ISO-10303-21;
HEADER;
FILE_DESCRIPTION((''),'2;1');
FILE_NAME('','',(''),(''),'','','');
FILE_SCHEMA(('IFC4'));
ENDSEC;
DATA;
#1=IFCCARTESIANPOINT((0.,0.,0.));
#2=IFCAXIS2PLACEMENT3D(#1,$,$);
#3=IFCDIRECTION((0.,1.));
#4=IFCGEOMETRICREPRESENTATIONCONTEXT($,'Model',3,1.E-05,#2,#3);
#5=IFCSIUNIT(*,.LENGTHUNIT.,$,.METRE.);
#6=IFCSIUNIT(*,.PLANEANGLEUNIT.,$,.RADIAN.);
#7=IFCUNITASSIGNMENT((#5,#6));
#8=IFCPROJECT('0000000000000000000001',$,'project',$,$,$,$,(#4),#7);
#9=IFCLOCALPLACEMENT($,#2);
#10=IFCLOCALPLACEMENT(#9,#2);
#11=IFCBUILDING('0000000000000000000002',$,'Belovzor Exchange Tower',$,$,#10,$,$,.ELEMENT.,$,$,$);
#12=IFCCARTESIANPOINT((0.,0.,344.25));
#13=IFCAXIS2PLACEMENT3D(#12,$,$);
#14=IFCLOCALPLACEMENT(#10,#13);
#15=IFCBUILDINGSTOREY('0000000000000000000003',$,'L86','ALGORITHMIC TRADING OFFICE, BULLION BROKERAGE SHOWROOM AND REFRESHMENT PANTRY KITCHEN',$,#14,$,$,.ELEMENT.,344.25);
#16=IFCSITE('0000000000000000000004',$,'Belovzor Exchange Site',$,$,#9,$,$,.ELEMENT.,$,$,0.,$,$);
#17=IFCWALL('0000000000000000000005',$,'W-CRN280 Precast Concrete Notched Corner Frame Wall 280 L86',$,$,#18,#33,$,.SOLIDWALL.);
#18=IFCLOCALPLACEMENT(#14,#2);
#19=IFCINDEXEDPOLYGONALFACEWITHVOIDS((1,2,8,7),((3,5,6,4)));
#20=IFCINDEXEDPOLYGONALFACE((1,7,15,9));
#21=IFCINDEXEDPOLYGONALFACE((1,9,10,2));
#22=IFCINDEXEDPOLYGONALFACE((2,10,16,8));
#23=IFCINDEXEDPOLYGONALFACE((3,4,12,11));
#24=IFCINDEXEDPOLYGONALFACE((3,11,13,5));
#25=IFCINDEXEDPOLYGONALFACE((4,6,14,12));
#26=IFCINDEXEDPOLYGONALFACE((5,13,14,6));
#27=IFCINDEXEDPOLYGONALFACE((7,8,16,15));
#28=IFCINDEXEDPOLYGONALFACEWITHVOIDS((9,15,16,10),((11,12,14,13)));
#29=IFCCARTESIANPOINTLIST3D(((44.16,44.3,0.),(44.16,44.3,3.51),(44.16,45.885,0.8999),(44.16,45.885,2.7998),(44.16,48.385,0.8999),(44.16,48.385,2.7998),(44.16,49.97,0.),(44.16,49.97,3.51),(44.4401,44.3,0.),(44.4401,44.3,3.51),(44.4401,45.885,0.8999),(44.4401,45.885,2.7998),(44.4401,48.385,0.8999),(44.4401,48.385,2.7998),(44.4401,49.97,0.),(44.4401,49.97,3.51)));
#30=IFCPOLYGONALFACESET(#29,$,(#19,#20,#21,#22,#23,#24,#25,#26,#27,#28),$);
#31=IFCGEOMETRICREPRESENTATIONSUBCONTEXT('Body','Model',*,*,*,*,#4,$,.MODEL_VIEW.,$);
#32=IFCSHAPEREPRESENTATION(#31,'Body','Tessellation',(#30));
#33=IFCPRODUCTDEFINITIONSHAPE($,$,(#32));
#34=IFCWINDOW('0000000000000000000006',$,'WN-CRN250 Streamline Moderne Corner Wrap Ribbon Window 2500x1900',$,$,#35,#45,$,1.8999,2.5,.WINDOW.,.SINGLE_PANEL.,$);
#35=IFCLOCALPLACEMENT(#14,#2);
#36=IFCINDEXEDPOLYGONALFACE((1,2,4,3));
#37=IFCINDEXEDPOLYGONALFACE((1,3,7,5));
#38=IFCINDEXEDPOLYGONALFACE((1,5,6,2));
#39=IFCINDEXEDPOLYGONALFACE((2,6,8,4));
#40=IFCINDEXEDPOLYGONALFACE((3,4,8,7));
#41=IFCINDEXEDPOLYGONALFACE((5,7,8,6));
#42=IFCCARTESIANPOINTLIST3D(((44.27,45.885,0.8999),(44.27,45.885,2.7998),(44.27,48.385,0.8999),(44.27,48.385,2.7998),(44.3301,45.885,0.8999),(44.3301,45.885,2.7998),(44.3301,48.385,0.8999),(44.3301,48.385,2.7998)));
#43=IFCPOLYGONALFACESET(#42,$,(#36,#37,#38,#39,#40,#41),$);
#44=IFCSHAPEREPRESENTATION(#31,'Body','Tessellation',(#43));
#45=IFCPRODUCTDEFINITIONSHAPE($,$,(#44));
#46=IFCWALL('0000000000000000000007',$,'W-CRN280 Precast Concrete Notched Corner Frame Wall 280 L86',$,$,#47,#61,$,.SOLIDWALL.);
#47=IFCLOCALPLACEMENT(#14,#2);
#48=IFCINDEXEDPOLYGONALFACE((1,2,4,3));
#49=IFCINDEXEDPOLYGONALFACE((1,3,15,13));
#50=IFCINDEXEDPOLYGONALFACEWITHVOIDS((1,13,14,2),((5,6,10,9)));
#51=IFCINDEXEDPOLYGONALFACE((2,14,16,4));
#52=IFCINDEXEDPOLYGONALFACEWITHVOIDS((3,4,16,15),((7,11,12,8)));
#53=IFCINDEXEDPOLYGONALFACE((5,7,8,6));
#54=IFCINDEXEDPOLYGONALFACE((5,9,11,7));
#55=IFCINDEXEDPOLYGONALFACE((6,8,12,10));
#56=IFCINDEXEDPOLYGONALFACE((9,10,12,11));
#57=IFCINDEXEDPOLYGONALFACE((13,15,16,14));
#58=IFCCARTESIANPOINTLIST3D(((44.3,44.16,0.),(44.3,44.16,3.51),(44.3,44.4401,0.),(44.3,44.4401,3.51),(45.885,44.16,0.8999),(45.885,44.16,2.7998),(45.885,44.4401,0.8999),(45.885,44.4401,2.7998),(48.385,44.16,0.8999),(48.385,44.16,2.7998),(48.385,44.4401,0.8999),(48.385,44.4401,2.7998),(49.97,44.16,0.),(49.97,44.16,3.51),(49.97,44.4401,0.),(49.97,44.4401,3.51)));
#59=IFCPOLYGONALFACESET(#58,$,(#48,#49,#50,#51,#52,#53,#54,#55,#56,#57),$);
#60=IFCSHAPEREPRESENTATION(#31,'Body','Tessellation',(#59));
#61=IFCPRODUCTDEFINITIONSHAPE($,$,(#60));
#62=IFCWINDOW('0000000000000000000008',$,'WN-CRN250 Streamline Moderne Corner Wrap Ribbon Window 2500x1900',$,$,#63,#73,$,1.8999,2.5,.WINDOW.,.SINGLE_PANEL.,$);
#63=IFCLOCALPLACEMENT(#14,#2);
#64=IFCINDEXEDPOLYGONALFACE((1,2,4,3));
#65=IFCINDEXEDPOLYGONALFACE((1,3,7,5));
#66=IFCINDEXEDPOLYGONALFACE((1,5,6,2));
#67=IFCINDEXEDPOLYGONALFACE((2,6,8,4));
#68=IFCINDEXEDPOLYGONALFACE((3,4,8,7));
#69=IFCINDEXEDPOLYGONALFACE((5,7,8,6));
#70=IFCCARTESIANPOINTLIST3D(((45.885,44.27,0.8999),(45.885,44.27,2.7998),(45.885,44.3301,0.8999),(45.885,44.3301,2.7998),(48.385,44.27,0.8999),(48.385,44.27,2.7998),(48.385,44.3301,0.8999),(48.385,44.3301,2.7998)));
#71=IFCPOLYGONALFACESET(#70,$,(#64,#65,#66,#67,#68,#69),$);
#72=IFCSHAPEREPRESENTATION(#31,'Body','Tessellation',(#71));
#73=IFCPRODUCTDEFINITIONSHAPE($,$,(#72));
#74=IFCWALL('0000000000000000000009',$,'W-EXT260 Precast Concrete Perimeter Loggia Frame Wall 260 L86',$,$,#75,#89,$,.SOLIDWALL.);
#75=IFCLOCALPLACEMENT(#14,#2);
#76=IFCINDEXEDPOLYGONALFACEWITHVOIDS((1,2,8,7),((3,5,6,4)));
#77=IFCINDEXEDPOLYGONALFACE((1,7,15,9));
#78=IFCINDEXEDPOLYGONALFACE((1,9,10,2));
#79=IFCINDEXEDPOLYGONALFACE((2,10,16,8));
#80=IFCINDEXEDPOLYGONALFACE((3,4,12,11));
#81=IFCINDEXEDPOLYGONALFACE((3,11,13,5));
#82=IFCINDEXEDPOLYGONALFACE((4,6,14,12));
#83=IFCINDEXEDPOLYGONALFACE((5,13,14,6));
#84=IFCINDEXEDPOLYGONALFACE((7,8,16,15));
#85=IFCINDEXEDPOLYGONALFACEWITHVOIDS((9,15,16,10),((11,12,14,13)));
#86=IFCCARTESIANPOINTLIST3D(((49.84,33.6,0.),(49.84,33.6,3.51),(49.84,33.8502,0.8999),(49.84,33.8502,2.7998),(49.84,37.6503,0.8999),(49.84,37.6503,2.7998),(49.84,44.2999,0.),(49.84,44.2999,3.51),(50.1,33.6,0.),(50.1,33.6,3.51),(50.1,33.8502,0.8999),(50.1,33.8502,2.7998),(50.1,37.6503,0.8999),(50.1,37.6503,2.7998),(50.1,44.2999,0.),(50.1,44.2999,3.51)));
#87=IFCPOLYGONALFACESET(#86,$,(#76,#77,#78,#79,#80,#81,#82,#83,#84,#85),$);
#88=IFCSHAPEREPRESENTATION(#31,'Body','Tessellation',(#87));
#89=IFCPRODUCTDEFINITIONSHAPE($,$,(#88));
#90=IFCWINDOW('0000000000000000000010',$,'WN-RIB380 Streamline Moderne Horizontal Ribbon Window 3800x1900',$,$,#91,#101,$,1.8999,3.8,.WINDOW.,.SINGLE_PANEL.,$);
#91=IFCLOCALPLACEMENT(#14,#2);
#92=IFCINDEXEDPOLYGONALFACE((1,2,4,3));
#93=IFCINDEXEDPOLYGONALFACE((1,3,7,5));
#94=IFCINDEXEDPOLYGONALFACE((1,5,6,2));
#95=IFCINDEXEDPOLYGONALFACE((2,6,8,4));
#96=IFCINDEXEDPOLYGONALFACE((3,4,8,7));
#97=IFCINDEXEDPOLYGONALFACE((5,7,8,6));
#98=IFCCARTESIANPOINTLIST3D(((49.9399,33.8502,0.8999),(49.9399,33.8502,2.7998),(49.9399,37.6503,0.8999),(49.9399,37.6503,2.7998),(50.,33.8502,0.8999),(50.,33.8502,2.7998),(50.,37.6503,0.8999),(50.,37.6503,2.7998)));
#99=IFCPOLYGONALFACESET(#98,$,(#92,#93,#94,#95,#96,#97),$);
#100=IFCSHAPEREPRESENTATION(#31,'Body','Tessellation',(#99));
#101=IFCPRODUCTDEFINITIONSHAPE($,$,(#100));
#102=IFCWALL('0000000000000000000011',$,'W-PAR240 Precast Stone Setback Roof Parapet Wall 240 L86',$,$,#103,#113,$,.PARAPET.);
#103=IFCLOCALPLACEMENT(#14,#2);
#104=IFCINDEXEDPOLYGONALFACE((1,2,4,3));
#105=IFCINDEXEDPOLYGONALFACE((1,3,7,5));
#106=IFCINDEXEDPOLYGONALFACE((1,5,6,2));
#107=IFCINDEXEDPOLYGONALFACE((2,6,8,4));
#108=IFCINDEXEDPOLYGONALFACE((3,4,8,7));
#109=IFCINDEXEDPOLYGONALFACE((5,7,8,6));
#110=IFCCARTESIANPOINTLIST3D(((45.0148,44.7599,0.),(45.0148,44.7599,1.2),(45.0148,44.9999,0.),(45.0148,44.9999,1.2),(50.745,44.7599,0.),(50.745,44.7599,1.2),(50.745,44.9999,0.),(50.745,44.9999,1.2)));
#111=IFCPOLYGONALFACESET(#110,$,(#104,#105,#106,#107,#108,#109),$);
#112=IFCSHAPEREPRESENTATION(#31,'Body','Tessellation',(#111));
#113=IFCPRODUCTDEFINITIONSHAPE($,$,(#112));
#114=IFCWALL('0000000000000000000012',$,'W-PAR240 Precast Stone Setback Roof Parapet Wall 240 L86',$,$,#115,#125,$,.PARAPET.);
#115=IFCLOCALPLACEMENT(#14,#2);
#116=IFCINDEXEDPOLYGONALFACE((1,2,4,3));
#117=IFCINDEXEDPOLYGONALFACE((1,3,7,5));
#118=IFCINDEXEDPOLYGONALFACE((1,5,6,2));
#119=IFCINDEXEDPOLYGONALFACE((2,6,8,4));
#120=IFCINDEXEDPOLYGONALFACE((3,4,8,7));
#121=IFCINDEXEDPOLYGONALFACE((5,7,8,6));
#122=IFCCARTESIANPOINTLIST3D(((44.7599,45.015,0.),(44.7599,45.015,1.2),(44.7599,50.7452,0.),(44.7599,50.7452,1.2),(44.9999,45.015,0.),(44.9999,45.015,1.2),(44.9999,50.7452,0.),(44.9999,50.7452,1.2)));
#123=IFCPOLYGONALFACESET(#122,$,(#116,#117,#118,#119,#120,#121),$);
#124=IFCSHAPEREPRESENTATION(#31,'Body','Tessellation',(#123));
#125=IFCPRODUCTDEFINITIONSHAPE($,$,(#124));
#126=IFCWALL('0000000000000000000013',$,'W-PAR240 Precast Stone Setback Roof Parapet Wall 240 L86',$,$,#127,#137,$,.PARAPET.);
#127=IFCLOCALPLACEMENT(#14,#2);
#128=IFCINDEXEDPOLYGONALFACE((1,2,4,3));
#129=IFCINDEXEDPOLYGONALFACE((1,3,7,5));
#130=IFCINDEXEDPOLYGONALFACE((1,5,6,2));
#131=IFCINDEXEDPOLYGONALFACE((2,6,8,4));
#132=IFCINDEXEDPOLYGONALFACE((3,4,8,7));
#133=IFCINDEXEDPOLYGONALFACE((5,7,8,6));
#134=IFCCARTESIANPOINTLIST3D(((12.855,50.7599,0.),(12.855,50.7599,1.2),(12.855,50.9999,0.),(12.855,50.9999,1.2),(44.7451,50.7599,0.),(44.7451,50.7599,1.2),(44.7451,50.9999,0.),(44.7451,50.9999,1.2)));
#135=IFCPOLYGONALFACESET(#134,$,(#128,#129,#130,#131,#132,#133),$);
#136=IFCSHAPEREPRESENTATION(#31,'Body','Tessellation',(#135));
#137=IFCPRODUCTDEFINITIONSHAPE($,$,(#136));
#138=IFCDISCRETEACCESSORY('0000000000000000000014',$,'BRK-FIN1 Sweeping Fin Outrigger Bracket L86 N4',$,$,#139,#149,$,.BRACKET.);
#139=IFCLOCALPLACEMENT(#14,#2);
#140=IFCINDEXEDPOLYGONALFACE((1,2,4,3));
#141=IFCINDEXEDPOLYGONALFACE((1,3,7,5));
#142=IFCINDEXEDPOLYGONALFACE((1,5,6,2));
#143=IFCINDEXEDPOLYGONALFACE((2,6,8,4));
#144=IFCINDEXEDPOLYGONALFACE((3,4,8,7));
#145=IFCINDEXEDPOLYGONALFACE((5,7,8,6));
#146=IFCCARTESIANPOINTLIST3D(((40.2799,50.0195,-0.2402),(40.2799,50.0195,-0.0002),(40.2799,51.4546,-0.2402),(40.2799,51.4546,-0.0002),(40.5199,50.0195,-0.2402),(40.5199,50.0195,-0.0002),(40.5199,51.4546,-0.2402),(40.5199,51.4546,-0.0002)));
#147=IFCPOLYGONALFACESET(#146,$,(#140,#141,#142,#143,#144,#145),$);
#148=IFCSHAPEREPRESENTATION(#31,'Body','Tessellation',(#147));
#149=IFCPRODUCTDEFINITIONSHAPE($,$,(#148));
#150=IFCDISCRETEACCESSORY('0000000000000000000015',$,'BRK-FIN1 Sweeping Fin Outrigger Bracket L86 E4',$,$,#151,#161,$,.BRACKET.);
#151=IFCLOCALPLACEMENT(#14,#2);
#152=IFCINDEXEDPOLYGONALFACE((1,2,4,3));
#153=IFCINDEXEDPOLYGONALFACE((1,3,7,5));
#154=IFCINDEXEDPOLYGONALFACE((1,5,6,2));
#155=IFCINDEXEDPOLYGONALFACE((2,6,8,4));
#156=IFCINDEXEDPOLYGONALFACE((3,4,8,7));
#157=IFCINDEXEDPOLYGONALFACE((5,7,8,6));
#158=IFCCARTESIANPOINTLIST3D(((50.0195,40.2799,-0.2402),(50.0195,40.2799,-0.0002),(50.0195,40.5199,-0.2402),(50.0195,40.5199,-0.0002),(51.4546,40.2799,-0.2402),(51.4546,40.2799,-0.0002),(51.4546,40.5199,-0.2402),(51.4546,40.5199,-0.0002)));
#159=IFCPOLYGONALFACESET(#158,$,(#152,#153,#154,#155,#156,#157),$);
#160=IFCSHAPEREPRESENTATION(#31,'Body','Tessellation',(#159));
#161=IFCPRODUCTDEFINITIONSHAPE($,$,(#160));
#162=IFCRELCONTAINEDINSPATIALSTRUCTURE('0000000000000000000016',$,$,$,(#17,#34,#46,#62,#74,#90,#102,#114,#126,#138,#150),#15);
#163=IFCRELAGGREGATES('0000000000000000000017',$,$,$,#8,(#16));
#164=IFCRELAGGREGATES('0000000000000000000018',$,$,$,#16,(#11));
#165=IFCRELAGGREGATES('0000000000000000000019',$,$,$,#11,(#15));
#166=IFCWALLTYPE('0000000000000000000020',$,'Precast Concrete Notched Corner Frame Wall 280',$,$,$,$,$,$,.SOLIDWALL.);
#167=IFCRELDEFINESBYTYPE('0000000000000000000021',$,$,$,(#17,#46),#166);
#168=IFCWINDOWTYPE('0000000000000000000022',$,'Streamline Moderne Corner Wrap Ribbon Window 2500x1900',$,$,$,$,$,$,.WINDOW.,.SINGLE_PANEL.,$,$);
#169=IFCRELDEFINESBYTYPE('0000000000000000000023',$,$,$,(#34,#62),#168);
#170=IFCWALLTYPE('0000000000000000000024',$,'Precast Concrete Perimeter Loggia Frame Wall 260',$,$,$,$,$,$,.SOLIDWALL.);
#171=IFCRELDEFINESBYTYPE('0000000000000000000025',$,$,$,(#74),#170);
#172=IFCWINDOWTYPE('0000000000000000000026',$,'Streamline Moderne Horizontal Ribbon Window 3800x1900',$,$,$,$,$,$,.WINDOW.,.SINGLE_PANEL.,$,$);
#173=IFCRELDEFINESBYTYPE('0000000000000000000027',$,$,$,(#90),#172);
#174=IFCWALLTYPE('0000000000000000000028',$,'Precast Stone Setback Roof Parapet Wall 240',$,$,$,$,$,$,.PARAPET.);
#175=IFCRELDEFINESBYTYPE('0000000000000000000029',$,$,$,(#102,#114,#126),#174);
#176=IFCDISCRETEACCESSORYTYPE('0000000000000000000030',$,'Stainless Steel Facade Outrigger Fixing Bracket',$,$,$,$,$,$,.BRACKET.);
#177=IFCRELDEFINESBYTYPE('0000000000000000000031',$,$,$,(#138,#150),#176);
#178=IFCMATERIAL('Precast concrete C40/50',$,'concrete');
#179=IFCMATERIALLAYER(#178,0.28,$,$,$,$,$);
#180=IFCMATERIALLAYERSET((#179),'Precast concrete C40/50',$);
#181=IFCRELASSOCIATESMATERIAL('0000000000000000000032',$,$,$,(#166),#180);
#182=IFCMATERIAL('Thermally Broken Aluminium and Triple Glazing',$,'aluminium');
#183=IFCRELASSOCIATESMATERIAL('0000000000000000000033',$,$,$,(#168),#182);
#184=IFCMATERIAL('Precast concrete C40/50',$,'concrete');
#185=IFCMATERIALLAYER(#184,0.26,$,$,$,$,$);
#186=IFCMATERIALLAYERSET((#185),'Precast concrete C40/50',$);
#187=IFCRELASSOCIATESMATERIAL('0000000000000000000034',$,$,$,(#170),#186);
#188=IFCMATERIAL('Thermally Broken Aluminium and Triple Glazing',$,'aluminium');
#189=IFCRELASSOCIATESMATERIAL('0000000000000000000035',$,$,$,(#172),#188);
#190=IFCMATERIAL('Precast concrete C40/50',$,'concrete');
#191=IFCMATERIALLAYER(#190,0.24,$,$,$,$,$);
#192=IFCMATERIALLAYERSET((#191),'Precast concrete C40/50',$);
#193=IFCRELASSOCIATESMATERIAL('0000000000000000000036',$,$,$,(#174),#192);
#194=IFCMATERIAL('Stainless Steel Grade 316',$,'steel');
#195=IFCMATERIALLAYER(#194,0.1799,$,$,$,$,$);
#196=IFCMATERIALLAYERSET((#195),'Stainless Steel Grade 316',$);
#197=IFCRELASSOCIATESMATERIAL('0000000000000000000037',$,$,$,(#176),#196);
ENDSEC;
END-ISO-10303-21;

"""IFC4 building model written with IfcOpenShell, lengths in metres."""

from ifc_helpers import new_model, si_unit, direction, frame, frame_2d, origin, origin_2d, place, context, subcontext, project, spatial, rectangle, extrude, material, layer, layer_set, type_object, element, fill, save


model = new_model("IFC4")

# Units and contexts
model_context = context("Model", 3, precision=1e-05, world=origin(), true_north=direction((0.0, 1.0)))
body_context = subcontext(model_context, "Body", "Model", "MODEL_VIEW")
ifc_project = project(units=[si_unit("LENGTHUNIT", "METRE"), si_unit("PLANEANGLEUNIT", "RADIAN")], contexts=[model_context])

# Site, building, storey
site_placement = place(None, origin())
site = spatial("IfcSite", under=ifc_project, at=site_placement, Name="Belovzor Exchange Site", CompositionType="ELEMENT", RefElevation=0.0)
building_placement = place(site_placement, origin())
building = spatial("IfcBuilding", under=site, at=building_placement, Name="Belovzor Exchange Tower", CompositionType="ELEMENT")
storey_placement = place(building_placement, frame((0.0, 0.0, 344.25)))
storey = spatial("IfcBuildingStorey", under=building, at=storey_placement, Name="L86", Description="ALGORITHMIC TRADING OFFICE, BULLION BROKERAGE SHOWROOM AND REFRESHMENT PANTRY KITCHEN", CompositionType="ELEMENT", Elevation=344.25)

# Walls, openings, windows
ifc_material_1 = material(Name="Precast concrete C40/50", Category="concrete")
ifc_layer_1 = layer(ifc_material_1, 0.28)
ifc_layer_set_1 = layer_set([ifc_layer_1], Name="Precast concrete C40/50")
wall_type_1 = type_object("IfcWallType", Name="Precast Concrete Notched Corner Frame Wall 280", PredefinedType="SOLIDWALL", material=ifc_layer_set_1)
wall_1_placement = place(storey_placement, frame((44.3, 49.97, 0.0), z_axis=(0.0, 0.0, 1.0), x_axis=(0.0, -1.0, 0.0)))
wall_1 = element("IfcWall", 1, at=wall_1_placement, inside=storey, type_object=wall_type_1, Name="W-CRN280 Precast Concrete Notched Corner Frame Wall 280 L86", PredefinedType="SOLIDWALL", context=body_context, shape_type="SweptSolid", body=[
    extrude(rectangle(XDim=5.6699, YDim=0.28, at=frame_2d((2.835, 0.0))), origin(), (0.0, 0.0, 1.0), 3.51),
])
opening_1_placement = place(wall_1_placement, frame((1.585, 0.0, 0.8999)))
opening_1 = element("IfcOpeningElement", 2, at=opening_1_placement, cuts=wall_1, PredefinedType="OPENING", context=body_context, shape_type="SweptSolid", body=[
    extrude(rectangle(XDim=2.5, YDim=1.8999, at=frame_2d((1.25, 0.95))), frame((0.0, 0.1499, 0.0), z_axis=(0.0, -1.0, 0.0), x_axis=(1.0, 0.0, 0.0)), (0.0, 0.0, 1.0), 0.3),
])
ifc_material_2 = material(Name="Thermally Broken Aluminium and Triple Glazing", Category="aluminium")
window_type_1 = type_object("IfcWindowType", Name="Streamline Moderne Corner Wrap Ribbon Window 2500x1900", PartitioningType="SINGLE_PANEL", PredefinedType="WINDOW", material=ifc_material_2)
window_1_placement = place(opening_1_placement, origin())
window_1 = element("IfcWindow", 3, at=window_1_placement, inside=storey, type_object=window_type_1, Name="WN-CRN250 Streamline Moderne Corner Wrap Ribbon Window 2500x1900", OverallHeight=1.8999, OverallWidth=2.5, PartitioningType="SINGLE_PANEL", PredefinedType="WINDOW", context=body_context, shape_type="SweptSolid", body=[
    extrude(rectangle(XDim=2.5, YDim=1.8999, at=frame_2d((1.25, 0.95))), frame((0.0, 0.03, 0.0), z_axis=(0.0, -1.0, 0.0), x_axis=(1.0, 0.0, 0.0)), (0.0, 0.0, 1.0), 0.0601),
])
fill(opening_1, window_1)
wall_2_placement = place(storey_placement, frame((44.3, 44.3, 0.0), z_axis=(0.0, 0.0, 1.0), x_axis=(1.0, 0.0, 0.0)))
wall_2 = element("IfcWall", 4, at=wall_2_placement, inside=storey, type_object=wall_type_1, Name="W-CRN280 Precast Concrete Notched Corner Frame Wall 280 L86", PredefinedType="SOLIDWALL", context=body_context, shape_type="SweptSolid", body=[
    extrude(rectangle(XDim=5.6699, YDim=0.28, at=frame_2d((2.835, 0.0))), origin(), (0.0, 0.0, 1.0), 3.51),
])
opening_2_placement = place(wall_2_placement, frame((1.585, 0.0, 0.8999)))
opening_2 = element("IfcOpeningElement", 5, at=opening_2_placement, cuts=wall_2, PredefinedType="OPENING", context=body_context, shape_type="SweptSolid", body=[
    extrude(rectangle(XDim=2.5, YDim=1.8999, at=frame_2d((1.25, 0.95))), frame((0.0, 0.1499, 0.0), z_axis=(0.0, -1.0, 0.0), x_axis=(1.0, 0.0, 0.0)), (0.0, 0.0, 1.0), 0.3),
])
window_2_placement = place(opening_2_placement, origin())
window_2 = element("IfcWindow", 6, at=window_2_placement, inside=storey, type_object=window_type_1, Name="WN-CRN250 Streamline Moderne Corner Wrap Ribbon Window 2500x1900", OverallHeight=1.8999, OverallWidth=2.5, PartitioningType="SINGLE_PANEL", PredefinedType="WINDOW", context=body_context, shape_type="SweptSolid", body=[
    extrude(rectangle(XDim=2.5, YDim=1.8999, at=frame_2d((1.25, 0.95))), frame((0.0, 0.03, 0.0), z_axis=(0.0, -1.0, 0.0), x_axis=(1.0, 0.0, 0.0)), (0.0, 0.0, 1.0), 0.0601),
])
fill(opening_2, window_2)
ifc_material_3 = material(Name="Precast concrete C40/50", Category="concrete")
ifc_layer_2 = layer(ifc_material_3, 0.26)
ifc_layer_set_2 = layer_set([ifc_layer_2], Name="Precast concrete C40/50")
wall_type_2 = type_object("IfcWallType", Name="Precast Concrete Perimeter Loggia Frame Wall 260", PredefinedType="SOLIDWALL", material=ifc_layer_set_2)
wall_3_placement = place(storey_placement, frame((49.97, 44.3, 0.0), z_axis=(0.0, 0.0, 1.0), x_axis=(0.0, -1.0, 0.0)))
wall_3 = element("IfcWall", 7, at=wall_3_placement, inside=storey, type_object=wall_type_2, Name="W-EXT260 Precast Concrete Perimeter Loggia Frame Wall 260 L86", PredefinedType="SOLIDWALL", context=body_context, shape_type="SweptSolid", body=[
    extrude(rectangle(XDim=10.7, YDim=0.26, at=frame_2d((5.3501, 0.0))), origin(), (0.0, 0.0, 1.0), 3.51),
])
opening_3_placement = place(wall_3_placement, frame((6.6499, 0.0, 0.8999)))
opening_3 = element("IfcOpeningElement", 8, at=opening_3_placement, cuts=wall_3, PredefinedType="OPENING", context=body_context, shape_type="SweptSolid", body=[
    extrude(rectangle(XDim=3.8, YDim=1.8999, at=frame_2d((1.8999, 0.95))), frame((0.0, 0.1399, 0.0), z_axis=(0.0, -1.0, 0.0), x_axis=(1.0, 0.0, 0.0)), (0.0, 0.0, 1.0), 0.28),
])
ifc_material_4 = material(Name="Thermally Broken Aluminium and Triple Glazing", Category="aluminium")
window_type_2 = type_object("IfcWindowType", Name="Streamline Moderne Horizontal Ribbon Window 3800x1900", PartitioningType="SINGLE_PANEL", PredefinedType="WINDOW", material=ifc_material_4)
window_3_placement = place(opening_3_placement, origin())
window_3 = element("IfcWindow", 9, at=window_3_placement, inside=storey, type_object=window_type_2, Name="WN-RIB380 Streamline Moderne Horizontal Ribbon Window 3800x1900", OverallHeight=1.8999, OverallWidth=3.8, PartitioningType="SINGLE_PANEL", PredefinedType="WINDOW", context=body_context, shape_type="SweptSolid", body=[
    extrude(rectangle(XDim=3.8, YDim=1.8999, at=frame_2d((1.8999, 0.95))), frame((0.0, 0.03, 0.0), z_axis=(0.0, -1.0, 0.0), x_axis=(1.0, 0.0, 0.0)), (0.0, 0.0, 1.0), 0.0601),
])
fill(opening_3, window_3)

# Walls
ifc_material_5 = material(Name="Precast concrete C40/50", Category="concrete")
ifc_layer_3 = layer(ifc_material_5, 0.24)
ifc_layer_set_3 = layer_set([ifc_layer_3], Name="Precast concrete C40/50")
wall_type_3 = type_object("IfcWallType", Name="Precast Stone Setback Roof Parapet Wall 240", PredefinedType="PARAPET", material=ifc_layer_set_3)
for number, where, z_axis, x_axis, name in (
    (10, (50.7451, 44.8799, 0.0), (0.0, 0.0, 1.0), (-1.0, 0.0, 0.0), "W-PAR240 Precast Stone Setback Roof Parapet Wall 240 L86"),
    (11, (44.8799, 45.0149, 0.0), (0.0, 0.0, 1.0), (0.0, 1.0, 0.0), "W-PAR240 Precast Stone Setback Roof Parapet Wall 240 L86"),
):
    element("IfcWall", number, at=place(storey_placement, frame(where, z_axis=z_axis, x_axis=x_axis)), inside=storey, type_object=wall_type_3, Name=name, PredefinedType="PARAPET", context=body_context, shape_type="SweptSolid", body=[
        extrude(rectangle(XDim=5.7302, YDim=0.24, at=frame_2d((2.8652, 0.0))), origin(), (0.0, 0.0, 1.0), 1.2),
    ])
wall_4_placement = place(storey_placement, frame((44.7451, 50.8799, 0.0), z_axis=(0.0, 0.0, 1.0), x_axis=(-1.0, 0.0, 0.0)))
element("IfcWall", 12, at=wall_4_placement, inside=storey, type_object=wall_type_3, Name="W-PAR240 Precast Stone Setback Roof Parapet Wall 240 L86", PredefinedType="PARAPET", context=body_context, shape_type="SweptSolid", body=[
    extrude(rectangle(XDim=31.8901, YDim=0.24, at=frame_2d((15.9451, 0.0))), origin(), (0.0, 0.0, 1.0), 1.2),
])

# Discrete accessories
ifc_material_6 = material(Name="Stainless Steel Grade 316", Category="steel")
ifc_layer_4 = layer(ifc_material_6, 0.1799)
ifc_layer_set_4 = layer_set([ifc_layer_4], Name="Stainless Steel Grade 316")
discrete_accessory_type = type_object("IfcDiscreteAccessoryType", Name="Stainless Steel Facade Outrigger Fixing Bracket", PredefinedType="BRACKET", material=ifc_layer_set_4)
for number, where, z_axis, x_axis, name in (
    (13, (40.3999, 50.7371, -0.2402), (0.0, 0.0, 1.0), (0.0, 1.0, 0.0), "BRK-FIN1 Sweeping Fin Outrigger Bracket L86 N4"),
    (14, (50.7371, 40.3999, -0.2402), (0.0, 0.0, 1.0), (1.0, 0.0, 0.0), "BRK-FIN1 Sweeping Fin Outrigger Bracket L86 E4"),
):
    element("IfcDiscreteAccessory", number, at=place(storey_placement, frame(where, z_axis=z_axis, x_axis=x_axis)), inside=storey, type_object=discrete_accessory_type, Name=name, PredefinedType="BRACKET", context=body_context, shape_type="SweptSolid", body=[
        extrude(rectangle(XDim=1.4351, YDim=0.24, at=origin_2d()), origin(), (0.0, 0.0, 1.0), 0.24),
    ])

save(model, "model.ifc")
